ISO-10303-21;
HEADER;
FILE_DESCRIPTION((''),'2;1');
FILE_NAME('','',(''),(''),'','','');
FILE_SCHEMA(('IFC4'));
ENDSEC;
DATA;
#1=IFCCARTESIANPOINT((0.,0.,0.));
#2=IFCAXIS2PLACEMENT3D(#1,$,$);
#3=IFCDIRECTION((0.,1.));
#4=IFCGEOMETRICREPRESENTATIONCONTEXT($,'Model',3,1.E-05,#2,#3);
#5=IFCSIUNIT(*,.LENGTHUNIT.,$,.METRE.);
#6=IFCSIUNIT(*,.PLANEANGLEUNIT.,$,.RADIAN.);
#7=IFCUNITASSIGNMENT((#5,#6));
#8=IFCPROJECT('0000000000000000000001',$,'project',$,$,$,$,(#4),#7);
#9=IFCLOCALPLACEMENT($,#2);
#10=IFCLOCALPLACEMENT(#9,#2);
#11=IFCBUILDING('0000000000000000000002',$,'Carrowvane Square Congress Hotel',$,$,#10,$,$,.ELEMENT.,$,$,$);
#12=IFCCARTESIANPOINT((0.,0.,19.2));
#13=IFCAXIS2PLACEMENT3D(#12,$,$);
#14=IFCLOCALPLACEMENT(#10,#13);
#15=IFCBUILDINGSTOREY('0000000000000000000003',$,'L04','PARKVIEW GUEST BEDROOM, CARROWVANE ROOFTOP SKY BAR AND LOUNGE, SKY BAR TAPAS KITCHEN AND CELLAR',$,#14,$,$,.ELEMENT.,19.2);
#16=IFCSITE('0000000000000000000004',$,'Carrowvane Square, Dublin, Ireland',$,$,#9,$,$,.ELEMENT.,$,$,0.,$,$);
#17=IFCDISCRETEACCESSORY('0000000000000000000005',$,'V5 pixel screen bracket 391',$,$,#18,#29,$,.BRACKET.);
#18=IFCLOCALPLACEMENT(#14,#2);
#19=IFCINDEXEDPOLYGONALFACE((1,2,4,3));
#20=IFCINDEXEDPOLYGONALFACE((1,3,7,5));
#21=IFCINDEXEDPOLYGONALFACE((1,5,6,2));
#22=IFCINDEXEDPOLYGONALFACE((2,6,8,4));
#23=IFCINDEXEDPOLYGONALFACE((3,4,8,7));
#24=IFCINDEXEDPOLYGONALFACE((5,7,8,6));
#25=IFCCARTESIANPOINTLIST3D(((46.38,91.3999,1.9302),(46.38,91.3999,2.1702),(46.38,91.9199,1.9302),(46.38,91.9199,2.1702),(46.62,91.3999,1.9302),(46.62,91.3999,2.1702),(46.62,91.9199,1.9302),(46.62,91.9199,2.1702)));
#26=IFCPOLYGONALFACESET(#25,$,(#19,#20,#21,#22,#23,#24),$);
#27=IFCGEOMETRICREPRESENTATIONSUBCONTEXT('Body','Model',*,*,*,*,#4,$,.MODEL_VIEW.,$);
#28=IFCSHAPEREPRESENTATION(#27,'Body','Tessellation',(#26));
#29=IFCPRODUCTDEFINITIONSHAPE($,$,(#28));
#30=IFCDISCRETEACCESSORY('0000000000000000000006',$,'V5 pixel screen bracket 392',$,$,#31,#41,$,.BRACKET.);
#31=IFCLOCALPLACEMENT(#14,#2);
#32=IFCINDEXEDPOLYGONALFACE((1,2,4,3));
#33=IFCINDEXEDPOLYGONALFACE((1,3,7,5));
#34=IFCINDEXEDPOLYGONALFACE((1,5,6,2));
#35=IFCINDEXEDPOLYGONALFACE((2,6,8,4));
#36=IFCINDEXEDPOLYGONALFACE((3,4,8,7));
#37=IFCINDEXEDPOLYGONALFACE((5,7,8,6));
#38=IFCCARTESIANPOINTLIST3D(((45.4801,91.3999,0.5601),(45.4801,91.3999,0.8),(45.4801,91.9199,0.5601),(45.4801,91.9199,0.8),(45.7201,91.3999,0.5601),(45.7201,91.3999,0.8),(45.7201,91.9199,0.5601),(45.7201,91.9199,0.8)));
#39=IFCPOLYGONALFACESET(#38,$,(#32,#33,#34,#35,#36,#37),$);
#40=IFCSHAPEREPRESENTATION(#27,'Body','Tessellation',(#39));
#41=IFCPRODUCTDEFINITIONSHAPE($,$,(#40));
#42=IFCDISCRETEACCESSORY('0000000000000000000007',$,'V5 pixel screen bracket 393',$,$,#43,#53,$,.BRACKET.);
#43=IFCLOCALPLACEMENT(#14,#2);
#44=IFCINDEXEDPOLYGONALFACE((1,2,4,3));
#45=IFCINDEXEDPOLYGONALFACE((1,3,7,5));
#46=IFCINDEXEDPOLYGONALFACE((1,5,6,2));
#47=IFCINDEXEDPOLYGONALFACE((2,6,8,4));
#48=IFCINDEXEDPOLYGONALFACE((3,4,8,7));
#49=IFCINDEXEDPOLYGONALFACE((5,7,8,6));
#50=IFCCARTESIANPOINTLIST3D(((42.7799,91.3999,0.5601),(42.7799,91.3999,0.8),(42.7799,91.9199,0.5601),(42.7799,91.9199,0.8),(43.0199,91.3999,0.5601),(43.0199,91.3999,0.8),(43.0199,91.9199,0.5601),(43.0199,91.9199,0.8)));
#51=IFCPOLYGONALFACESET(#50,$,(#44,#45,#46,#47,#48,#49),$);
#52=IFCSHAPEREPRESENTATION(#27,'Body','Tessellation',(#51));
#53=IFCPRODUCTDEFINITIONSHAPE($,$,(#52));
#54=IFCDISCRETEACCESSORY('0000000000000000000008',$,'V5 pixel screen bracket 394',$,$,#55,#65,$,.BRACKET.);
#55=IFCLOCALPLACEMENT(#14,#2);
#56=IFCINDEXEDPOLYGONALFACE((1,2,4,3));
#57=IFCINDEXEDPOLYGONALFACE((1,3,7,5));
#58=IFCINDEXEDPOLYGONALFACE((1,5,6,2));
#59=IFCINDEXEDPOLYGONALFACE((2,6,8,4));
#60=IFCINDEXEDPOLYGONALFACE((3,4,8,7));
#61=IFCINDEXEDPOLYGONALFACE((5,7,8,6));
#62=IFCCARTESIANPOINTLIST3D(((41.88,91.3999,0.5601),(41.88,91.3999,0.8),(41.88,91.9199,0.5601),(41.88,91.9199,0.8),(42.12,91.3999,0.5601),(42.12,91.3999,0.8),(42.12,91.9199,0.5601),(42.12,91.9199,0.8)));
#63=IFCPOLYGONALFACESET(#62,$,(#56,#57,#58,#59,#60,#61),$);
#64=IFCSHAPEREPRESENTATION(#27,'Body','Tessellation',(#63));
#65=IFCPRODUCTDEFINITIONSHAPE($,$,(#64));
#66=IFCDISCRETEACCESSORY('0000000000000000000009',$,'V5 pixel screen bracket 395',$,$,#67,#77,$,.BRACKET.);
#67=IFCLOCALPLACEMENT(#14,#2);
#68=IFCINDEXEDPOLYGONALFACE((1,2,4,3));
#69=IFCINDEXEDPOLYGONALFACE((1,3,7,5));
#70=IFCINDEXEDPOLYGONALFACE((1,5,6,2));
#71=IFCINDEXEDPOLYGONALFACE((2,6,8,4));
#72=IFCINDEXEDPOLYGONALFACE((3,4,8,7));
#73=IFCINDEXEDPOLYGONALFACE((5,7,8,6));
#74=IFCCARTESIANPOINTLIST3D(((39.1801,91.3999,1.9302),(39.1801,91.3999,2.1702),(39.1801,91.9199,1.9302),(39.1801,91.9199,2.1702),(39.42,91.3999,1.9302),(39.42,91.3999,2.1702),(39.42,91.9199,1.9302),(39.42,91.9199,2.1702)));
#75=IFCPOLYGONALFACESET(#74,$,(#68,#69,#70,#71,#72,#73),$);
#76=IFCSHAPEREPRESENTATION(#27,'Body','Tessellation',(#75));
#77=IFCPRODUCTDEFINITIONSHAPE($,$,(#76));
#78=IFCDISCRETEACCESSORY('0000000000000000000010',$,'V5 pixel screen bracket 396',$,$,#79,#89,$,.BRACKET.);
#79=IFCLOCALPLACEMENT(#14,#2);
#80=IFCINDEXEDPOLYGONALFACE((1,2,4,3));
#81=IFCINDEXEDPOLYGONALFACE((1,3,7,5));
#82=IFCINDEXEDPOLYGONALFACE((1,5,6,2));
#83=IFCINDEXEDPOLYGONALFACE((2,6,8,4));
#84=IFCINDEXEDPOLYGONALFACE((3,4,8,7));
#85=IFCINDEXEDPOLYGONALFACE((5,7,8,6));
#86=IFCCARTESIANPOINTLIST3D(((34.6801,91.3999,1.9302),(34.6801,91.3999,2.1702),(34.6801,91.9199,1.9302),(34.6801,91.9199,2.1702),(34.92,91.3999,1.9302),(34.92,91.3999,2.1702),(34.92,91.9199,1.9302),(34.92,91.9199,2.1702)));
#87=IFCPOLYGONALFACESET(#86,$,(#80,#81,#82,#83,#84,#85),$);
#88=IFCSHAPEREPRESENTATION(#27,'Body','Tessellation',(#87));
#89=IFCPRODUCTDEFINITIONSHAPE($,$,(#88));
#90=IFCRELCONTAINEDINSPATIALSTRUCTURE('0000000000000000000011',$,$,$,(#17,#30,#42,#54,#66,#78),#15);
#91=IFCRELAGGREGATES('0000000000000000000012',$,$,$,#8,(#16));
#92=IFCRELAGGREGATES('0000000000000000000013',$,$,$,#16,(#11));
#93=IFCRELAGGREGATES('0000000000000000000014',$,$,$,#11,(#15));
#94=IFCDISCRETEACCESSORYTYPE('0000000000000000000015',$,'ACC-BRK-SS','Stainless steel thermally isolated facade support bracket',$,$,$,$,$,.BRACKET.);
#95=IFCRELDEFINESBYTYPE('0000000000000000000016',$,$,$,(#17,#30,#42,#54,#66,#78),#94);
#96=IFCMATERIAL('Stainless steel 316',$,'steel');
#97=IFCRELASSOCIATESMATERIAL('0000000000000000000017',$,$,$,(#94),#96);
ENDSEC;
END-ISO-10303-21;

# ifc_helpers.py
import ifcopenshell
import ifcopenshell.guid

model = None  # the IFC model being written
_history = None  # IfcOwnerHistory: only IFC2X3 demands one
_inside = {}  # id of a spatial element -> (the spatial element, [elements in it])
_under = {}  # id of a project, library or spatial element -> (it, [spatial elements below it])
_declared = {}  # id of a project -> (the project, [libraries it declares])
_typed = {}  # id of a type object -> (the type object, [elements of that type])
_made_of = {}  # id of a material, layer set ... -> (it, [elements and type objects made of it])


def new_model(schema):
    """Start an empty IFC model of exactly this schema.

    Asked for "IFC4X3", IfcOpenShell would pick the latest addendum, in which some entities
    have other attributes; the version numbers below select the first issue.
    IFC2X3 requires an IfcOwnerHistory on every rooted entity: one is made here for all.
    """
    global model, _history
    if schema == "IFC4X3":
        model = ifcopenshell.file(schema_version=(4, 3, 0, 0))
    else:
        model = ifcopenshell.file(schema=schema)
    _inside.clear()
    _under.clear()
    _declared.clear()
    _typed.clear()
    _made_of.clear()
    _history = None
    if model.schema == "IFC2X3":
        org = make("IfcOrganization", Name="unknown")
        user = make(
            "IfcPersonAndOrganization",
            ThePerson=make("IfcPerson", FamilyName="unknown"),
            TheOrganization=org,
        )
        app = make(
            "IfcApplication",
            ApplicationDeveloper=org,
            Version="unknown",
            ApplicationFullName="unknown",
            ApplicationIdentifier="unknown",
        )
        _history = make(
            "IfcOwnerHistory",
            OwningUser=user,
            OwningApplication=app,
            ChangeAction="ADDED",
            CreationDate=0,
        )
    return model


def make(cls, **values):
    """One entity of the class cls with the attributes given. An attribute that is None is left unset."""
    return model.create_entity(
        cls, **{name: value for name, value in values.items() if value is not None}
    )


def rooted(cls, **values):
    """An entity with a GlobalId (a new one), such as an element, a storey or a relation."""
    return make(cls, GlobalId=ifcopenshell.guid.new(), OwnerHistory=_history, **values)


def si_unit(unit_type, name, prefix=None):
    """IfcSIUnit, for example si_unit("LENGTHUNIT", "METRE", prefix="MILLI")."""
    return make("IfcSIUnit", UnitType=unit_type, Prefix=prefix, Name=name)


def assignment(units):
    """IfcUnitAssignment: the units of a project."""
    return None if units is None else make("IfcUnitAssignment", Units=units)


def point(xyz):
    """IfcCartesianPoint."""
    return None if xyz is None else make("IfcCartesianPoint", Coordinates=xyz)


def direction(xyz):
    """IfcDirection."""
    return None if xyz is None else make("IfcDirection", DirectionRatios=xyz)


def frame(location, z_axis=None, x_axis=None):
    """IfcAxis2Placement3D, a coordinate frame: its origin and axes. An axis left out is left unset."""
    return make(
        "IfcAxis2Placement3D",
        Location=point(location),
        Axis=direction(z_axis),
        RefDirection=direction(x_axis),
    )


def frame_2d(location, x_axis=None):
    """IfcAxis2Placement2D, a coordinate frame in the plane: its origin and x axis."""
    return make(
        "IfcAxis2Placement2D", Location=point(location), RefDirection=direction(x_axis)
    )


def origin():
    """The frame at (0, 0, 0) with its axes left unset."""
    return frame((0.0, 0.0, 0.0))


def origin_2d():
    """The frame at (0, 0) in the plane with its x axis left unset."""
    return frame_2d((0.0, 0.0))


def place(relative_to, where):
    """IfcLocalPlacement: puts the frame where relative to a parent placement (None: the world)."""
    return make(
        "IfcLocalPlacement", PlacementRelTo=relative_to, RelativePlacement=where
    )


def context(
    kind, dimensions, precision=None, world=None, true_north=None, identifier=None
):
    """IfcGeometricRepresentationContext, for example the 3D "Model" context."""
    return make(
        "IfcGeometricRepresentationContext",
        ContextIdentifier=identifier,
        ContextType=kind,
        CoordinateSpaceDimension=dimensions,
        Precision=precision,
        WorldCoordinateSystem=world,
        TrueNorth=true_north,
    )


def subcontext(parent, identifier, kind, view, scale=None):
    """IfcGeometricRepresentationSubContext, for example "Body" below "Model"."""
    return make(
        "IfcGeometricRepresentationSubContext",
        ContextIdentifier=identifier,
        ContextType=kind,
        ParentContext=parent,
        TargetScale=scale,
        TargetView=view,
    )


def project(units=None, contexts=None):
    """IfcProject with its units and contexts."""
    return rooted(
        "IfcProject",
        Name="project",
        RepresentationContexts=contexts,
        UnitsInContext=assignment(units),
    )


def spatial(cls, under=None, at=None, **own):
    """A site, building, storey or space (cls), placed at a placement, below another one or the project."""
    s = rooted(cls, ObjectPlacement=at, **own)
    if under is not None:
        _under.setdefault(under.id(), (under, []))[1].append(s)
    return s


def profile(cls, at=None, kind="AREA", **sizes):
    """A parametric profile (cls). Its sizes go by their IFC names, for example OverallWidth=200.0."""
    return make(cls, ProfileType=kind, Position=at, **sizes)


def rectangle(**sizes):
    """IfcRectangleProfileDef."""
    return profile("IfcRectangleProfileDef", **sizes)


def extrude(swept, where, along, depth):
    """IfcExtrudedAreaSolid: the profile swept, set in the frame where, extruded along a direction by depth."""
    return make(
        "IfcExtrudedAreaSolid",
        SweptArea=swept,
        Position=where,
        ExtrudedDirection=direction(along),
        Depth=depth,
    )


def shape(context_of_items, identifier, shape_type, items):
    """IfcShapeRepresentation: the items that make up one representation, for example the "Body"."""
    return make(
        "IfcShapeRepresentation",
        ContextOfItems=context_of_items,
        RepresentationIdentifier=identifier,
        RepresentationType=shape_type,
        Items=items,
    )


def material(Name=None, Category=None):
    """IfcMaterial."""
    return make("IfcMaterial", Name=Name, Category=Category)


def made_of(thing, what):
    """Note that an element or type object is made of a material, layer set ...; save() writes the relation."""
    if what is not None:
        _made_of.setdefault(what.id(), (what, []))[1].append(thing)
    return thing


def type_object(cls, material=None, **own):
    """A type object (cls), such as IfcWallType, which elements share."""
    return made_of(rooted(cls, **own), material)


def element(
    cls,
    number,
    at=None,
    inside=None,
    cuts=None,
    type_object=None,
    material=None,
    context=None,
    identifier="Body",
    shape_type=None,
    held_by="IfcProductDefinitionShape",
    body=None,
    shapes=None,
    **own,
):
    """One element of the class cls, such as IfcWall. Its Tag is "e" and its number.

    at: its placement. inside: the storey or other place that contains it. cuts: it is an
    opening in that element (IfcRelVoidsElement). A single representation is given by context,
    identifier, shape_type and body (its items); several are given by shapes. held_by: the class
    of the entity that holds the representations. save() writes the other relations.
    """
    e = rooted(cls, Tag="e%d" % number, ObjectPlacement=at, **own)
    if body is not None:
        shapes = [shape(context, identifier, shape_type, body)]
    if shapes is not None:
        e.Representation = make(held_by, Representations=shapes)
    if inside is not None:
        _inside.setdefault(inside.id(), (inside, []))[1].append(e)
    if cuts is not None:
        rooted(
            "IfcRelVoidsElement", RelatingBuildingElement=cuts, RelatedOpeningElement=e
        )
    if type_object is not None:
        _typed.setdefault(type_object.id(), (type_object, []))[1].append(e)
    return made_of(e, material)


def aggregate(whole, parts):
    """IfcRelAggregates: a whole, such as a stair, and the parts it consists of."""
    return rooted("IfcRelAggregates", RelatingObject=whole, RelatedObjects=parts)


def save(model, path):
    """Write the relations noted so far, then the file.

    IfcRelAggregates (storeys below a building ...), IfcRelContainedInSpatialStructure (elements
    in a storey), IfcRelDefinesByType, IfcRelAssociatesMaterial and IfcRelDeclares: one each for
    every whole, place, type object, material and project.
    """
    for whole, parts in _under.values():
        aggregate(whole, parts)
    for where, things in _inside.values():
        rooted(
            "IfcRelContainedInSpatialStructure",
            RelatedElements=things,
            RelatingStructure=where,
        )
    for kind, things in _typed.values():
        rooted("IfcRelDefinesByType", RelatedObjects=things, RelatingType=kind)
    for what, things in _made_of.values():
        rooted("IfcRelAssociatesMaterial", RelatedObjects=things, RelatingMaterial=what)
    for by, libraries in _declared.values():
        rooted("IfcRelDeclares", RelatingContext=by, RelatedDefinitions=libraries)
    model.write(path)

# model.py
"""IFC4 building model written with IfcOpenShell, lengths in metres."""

from ifc_helpers import new_model, si_unit, direction, frame, origin, origin_2d, place, context, subcontext, project, spatial, rectangle, extrude, material, type_object, element, save


model = new_model("IFC4")

# Units and contexts
model_context = context("Model", 3, precision=1e-05, world=origin(), true_north=direction((0.0, 1.0)))
body_context = subcontext(model_context, "Body", "Model", "MODEL_VIEW")
ifc_project = project(units=[si_unit("LENGTHUNIT", "METRE"), si_unit("PLANEANGLEUNIT", "RADIAN")], contexts=[model_context])

# Site, building, storey
site_placement = place(None, origin())
site = spatial("IfcSite", under=ifc_project, at=site_placement, Name="Carrowvane Square, Dublin, Ireland", CompositionType="ELEMENT", RefElevation=0.0)
building_placement = place(site_placement, origin())
building = spatial("IfcBuilding", under=site, at=building_placement, Name="Carrowvane Square Congress Hotel", CompositionType="ELEMENT")
storey_placement = place(building_placement, frame((0.0, 0.0, 19.2)))
storey = spatial("IfcBuildingStorey", under=building, at=storey_placement, Name="L04", Description="PARKVIEW GUEST BEDROOM, CARROWVANE ROOFTOP SKY BAR AND LOUNGE, SKY BAR TAPAS KITCHEN AND CELLAR", CompositionType="ELEMENT", Elevation=19.2)

# Discrete accessories
ifc_material_1 = material(Name="Stainless steel 316", Category="steel")
discrete_accessory_type = type_object("IfcDiscreteAccessoryType", Name="ACC-BRK-SS", Description="Stainless steel thermally isolated facade support bracket", PredefinedType="BRACKET", material=ifc_material_1)
for number, where, z_axis, x_axis, name in (
    (1, (46.5, 91.6599, 1.9302), (0.0, 0.0, 1.0), (-1.0, 0.0, 0.0), "V5 pixel screen bracket 391"),
    (2, (45.6001, 91.6599, 0.5601), (0.0, 0.0, 1.0), (-1.0, 0.0, 0.0), "V5 pixel screen bracket 392"),
    (3, (42.8999, 91.6599, 0.5601), (0.0, 0.0, 1.0), (-1.0, 0.0, 0.0), "V5 pixel screen bracket 393"),
    (4, (42.0, 91.6599, 0.5601), (0.0, 0.0, 1.0), (-1.0, 0.0, 0.0), "V5 pixel screen bracket 394"),
    (5, (39.3, 91.6599, 1.9302), (0.0, 0.0, 1.0), (-1.0, 0.0, 0.0), "V5 pixel screen bracket 395"),
    (6, (34.8, 91.6599, 1.9302), (0.0, 0.0, 1.0), (-1.0, 0.0, 0.0), "V5 pixel screen bracket 396"),
):
    element("IfcDiscreteAccessory", number, at=place(storey_placement, frame(where, z_axis=z_axis, x_axis=x_axis)), inside=storey, type_object=discrete_accessory_type, Name=name, PredefinedType="BRACKET", context=body_context, shape_type="SweptSolid", body=[
        extrude(rectangle(XDim=0.24, YDim=0.52, at=origin_2d()), origin(), (0.0, 0.0, 1.0), 0.24),
    ])

save(model, "model.ifc")
